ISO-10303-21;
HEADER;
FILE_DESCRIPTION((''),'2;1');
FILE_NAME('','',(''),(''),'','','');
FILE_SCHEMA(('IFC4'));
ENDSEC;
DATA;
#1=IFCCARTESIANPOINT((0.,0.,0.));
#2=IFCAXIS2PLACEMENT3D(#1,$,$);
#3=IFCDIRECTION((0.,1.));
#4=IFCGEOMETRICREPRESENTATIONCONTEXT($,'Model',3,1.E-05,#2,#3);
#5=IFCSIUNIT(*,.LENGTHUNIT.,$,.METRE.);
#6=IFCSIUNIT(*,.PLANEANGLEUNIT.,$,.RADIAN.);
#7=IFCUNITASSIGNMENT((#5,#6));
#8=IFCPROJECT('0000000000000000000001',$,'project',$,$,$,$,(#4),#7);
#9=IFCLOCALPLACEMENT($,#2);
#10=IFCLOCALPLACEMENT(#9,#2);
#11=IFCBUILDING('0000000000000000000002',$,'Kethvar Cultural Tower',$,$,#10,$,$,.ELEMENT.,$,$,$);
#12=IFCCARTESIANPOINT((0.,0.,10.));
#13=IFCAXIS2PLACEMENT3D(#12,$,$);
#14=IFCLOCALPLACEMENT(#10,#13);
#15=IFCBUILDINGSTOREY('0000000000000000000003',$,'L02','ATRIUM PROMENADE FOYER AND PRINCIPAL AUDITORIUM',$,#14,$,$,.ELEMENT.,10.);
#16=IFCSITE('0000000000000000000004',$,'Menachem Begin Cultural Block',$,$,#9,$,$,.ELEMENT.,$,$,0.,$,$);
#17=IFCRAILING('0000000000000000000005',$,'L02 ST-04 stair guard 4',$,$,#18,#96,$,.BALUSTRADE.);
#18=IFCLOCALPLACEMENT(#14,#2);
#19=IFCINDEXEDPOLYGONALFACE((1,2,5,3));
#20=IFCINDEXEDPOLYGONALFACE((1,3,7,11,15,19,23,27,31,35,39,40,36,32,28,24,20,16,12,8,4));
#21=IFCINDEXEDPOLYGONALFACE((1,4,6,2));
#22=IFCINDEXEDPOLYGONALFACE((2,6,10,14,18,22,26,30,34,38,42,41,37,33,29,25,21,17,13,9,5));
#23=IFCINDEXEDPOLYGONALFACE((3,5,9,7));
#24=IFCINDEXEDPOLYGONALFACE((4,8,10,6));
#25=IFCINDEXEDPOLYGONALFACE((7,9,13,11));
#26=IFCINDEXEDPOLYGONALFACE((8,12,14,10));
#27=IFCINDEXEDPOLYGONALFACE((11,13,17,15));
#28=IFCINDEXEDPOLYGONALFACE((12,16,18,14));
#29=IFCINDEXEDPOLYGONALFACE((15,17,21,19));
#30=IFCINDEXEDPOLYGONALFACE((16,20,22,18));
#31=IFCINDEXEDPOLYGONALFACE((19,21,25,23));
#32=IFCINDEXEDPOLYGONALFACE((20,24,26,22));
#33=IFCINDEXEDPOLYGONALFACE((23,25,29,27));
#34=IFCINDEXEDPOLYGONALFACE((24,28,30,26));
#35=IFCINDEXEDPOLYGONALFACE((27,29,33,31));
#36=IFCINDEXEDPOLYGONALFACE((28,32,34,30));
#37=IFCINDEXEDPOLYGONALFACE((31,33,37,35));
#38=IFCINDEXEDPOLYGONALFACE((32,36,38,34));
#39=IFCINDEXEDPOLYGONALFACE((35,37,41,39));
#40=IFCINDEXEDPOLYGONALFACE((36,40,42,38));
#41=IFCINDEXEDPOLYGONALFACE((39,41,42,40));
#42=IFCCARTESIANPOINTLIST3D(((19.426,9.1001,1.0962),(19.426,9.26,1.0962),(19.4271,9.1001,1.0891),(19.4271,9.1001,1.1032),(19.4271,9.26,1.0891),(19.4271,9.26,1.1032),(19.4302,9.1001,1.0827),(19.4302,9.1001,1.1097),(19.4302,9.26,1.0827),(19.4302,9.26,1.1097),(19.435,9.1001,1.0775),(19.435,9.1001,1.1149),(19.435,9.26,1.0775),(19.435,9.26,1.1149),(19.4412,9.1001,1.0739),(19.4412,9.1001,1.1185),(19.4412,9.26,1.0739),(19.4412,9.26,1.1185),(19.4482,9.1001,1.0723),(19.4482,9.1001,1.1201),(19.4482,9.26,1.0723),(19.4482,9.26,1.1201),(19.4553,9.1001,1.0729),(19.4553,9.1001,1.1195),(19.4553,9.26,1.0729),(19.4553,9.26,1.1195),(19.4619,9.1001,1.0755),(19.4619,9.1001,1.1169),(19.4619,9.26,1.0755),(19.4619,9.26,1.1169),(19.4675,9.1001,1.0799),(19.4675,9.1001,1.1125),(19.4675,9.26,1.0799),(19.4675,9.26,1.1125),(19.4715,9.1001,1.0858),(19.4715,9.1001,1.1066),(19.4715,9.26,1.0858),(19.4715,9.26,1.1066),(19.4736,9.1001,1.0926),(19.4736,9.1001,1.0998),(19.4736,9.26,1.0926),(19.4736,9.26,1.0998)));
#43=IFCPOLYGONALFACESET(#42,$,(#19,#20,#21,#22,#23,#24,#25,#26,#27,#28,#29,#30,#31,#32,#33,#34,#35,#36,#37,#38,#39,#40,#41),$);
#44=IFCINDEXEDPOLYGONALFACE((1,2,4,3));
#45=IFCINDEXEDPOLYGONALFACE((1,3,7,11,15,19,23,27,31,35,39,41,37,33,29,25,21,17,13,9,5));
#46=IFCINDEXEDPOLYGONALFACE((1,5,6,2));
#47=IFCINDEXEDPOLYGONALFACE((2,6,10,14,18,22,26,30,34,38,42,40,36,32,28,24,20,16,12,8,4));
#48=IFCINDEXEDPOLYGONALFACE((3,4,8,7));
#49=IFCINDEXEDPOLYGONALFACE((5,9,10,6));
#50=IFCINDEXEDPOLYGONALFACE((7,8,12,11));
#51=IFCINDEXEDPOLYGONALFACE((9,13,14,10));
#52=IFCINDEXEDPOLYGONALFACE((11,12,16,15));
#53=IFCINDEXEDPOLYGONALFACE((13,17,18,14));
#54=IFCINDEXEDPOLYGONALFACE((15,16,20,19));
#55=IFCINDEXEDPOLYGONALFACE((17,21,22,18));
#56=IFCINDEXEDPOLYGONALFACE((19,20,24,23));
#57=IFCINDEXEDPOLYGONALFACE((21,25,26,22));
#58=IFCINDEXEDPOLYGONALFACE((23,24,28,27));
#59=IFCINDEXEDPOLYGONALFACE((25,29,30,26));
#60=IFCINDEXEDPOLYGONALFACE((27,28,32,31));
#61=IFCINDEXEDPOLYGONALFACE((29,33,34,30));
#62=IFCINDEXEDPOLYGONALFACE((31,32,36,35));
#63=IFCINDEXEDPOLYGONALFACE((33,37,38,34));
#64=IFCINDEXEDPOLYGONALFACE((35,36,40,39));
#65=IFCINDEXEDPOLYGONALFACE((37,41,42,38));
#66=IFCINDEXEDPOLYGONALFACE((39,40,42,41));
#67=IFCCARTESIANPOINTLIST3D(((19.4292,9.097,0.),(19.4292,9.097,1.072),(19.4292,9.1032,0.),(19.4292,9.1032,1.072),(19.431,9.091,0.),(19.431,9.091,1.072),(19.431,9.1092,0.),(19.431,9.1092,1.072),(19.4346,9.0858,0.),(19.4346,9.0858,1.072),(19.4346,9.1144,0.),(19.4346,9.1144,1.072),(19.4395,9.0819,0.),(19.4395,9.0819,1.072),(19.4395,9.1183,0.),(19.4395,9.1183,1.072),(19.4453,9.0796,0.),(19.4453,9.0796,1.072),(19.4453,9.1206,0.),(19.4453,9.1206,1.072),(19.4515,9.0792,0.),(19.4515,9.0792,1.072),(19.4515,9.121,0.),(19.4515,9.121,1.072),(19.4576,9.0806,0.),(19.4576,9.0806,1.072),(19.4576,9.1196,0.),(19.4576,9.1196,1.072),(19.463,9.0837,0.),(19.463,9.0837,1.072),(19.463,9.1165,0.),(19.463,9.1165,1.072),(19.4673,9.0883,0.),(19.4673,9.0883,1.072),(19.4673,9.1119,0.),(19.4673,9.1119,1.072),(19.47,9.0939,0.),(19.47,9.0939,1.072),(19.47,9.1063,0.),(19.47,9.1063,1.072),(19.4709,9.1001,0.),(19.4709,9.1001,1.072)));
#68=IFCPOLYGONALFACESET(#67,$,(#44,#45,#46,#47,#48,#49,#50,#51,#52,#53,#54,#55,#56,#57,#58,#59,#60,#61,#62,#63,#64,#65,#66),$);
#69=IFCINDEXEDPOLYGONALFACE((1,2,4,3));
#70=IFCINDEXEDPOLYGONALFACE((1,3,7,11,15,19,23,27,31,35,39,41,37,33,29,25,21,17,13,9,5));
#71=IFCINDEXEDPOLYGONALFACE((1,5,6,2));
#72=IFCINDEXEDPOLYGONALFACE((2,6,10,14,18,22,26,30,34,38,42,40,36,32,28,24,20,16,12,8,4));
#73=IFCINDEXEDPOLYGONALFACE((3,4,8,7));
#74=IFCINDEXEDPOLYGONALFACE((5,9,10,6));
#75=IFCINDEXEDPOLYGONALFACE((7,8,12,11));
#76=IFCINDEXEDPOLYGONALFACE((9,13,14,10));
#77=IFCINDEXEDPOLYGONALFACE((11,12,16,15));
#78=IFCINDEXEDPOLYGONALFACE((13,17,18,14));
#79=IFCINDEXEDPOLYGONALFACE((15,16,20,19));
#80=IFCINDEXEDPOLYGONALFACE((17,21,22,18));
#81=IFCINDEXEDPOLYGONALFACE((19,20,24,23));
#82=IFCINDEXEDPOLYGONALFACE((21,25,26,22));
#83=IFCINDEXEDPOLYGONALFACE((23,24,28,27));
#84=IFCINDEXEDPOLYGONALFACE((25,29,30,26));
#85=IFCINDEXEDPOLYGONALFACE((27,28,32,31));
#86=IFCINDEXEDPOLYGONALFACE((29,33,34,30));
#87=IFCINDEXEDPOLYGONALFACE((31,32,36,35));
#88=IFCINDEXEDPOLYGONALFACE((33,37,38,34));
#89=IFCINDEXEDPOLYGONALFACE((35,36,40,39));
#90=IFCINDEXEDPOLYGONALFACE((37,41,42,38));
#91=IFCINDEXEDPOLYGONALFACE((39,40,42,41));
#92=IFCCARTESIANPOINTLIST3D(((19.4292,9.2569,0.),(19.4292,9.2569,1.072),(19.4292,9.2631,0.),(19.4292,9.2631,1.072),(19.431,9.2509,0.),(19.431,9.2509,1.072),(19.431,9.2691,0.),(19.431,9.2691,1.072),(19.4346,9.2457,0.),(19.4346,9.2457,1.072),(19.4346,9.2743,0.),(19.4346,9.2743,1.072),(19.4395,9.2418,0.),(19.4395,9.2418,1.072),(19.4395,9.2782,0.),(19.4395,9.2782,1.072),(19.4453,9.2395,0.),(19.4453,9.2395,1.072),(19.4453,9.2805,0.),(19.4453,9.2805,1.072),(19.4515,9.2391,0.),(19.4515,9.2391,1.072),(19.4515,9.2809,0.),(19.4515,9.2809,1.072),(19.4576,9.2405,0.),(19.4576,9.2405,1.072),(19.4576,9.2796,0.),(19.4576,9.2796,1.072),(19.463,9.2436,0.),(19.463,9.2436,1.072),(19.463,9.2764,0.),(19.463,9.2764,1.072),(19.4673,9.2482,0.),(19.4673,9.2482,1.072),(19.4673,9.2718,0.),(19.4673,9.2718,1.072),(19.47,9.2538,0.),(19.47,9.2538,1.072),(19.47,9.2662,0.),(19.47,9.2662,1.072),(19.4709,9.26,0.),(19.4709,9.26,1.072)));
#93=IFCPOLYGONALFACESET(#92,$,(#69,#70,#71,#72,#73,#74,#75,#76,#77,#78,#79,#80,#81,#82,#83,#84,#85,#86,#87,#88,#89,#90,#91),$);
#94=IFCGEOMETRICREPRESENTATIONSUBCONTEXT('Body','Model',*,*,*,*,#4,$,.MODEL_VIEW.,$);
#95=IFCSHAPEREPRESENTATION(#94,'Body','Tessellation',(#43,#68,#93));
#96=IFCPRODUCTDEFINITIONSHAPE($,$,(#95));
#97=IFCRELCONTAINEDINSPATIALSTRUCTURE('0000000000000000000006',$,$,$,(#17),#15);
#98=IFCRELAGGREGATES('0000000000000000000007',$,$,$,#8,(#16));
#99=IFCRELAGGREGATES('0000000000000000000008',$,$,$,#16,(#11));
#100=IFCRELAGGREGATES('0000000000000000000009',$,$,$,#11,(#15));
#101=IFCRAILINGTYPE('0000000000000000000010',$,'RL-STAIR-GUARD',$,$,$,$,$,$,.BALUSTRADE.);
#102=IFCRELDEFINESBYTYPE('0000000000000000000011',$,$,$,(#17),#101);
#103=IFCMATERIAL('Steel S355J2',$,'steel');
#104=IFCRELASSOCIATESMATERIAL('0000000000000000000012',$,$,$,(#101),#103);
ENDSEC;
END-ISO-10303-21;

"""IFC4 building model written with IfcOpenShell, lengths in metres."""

from ifc_helpers import new_model, si_unit, direction, frame, origin, origin_2d, place, context, subcontext, project, spatial, circle, extrude, material, type_object, element, save


model = new_model("IFC4")

# Units and contexts
model_context = context("Model", 3, precision=1e-05, world=origin(), true_north=direction((0.0, 1.0)))
body_context = subcontext(model_context, "Body", "Model", "MODEL_VIEW")
ifc_project = project(units=[si_unit("LENGTHUNIT", "METRE"), si_unit("PLANEANGLEUNIT", "RADIAN")], contexts=[model_context])

# Site, building, storey
site_placement = place(None, origin())
site = spatial("IfcSite", under=ifc_project, at=site_placement, Name="Menachem Begin Cultural Block", CompositionType="ELEMENT", RefElevation=0.0)
building_placement = place(site_placement, origin())
building = spatial("IfcBuilding", under=site, at=building_placement, Name="Kethvar Cultural Tower", CompositionType="ELEMENT")
storey_placement = place(building_placement, frame((0.0, 0.0, 10.0)))
storey = spatial("IfcBuildingStorey", under=building, at=storey_placement, Name="L02", Description="ATRIUM PROMENADE FOYER AND PRINCIPAL AUDITORIUM", CompositionType="ELEMENT", Elevation=10.0)

# Shared definitions
ifc_material_1 = material(Name="Steel S355J2", Category="steel")

# Railing
railing_type_1 = type_object("IfcRailingType", Name="RL-STAIR-GUARD", PredefinedType="BALUSTRADE", material=ifc_material_1)
railing_1_placement = place(storey_placement, frame((19.45, 9.1001, 0.0)))
element("IfcRailing", 1, at=railing_1_placement, inside=storey, type_object=railing_type_1, Name="L02 ST-04 stair guard 4", PredefinedType="BALUSTRADE", context=body_context, shape_type="SweptSolid", body=[
    extrude(circle(Radius=0.0239, at=origin_2d()), frame((0.0, 0.0, 1.0962), z_axis=(0.0, 1.0, 0.0), x_axis=(-1.0, 0.0, 0.0)), (0.0, 0.0, 1.0), 0.1599),
    extrude(circle(Radius=0.021, at=origin_2d()), origin(), (0.0, 0.0, 1.0), 1.072),
    extrude(circle(Radius=0.021, at=origin_2d()), frame((0.0, 0.1599, 0.0)), (0.0, 0.0, 1.0), 1.072),
])

save(model, "model.ifc")
